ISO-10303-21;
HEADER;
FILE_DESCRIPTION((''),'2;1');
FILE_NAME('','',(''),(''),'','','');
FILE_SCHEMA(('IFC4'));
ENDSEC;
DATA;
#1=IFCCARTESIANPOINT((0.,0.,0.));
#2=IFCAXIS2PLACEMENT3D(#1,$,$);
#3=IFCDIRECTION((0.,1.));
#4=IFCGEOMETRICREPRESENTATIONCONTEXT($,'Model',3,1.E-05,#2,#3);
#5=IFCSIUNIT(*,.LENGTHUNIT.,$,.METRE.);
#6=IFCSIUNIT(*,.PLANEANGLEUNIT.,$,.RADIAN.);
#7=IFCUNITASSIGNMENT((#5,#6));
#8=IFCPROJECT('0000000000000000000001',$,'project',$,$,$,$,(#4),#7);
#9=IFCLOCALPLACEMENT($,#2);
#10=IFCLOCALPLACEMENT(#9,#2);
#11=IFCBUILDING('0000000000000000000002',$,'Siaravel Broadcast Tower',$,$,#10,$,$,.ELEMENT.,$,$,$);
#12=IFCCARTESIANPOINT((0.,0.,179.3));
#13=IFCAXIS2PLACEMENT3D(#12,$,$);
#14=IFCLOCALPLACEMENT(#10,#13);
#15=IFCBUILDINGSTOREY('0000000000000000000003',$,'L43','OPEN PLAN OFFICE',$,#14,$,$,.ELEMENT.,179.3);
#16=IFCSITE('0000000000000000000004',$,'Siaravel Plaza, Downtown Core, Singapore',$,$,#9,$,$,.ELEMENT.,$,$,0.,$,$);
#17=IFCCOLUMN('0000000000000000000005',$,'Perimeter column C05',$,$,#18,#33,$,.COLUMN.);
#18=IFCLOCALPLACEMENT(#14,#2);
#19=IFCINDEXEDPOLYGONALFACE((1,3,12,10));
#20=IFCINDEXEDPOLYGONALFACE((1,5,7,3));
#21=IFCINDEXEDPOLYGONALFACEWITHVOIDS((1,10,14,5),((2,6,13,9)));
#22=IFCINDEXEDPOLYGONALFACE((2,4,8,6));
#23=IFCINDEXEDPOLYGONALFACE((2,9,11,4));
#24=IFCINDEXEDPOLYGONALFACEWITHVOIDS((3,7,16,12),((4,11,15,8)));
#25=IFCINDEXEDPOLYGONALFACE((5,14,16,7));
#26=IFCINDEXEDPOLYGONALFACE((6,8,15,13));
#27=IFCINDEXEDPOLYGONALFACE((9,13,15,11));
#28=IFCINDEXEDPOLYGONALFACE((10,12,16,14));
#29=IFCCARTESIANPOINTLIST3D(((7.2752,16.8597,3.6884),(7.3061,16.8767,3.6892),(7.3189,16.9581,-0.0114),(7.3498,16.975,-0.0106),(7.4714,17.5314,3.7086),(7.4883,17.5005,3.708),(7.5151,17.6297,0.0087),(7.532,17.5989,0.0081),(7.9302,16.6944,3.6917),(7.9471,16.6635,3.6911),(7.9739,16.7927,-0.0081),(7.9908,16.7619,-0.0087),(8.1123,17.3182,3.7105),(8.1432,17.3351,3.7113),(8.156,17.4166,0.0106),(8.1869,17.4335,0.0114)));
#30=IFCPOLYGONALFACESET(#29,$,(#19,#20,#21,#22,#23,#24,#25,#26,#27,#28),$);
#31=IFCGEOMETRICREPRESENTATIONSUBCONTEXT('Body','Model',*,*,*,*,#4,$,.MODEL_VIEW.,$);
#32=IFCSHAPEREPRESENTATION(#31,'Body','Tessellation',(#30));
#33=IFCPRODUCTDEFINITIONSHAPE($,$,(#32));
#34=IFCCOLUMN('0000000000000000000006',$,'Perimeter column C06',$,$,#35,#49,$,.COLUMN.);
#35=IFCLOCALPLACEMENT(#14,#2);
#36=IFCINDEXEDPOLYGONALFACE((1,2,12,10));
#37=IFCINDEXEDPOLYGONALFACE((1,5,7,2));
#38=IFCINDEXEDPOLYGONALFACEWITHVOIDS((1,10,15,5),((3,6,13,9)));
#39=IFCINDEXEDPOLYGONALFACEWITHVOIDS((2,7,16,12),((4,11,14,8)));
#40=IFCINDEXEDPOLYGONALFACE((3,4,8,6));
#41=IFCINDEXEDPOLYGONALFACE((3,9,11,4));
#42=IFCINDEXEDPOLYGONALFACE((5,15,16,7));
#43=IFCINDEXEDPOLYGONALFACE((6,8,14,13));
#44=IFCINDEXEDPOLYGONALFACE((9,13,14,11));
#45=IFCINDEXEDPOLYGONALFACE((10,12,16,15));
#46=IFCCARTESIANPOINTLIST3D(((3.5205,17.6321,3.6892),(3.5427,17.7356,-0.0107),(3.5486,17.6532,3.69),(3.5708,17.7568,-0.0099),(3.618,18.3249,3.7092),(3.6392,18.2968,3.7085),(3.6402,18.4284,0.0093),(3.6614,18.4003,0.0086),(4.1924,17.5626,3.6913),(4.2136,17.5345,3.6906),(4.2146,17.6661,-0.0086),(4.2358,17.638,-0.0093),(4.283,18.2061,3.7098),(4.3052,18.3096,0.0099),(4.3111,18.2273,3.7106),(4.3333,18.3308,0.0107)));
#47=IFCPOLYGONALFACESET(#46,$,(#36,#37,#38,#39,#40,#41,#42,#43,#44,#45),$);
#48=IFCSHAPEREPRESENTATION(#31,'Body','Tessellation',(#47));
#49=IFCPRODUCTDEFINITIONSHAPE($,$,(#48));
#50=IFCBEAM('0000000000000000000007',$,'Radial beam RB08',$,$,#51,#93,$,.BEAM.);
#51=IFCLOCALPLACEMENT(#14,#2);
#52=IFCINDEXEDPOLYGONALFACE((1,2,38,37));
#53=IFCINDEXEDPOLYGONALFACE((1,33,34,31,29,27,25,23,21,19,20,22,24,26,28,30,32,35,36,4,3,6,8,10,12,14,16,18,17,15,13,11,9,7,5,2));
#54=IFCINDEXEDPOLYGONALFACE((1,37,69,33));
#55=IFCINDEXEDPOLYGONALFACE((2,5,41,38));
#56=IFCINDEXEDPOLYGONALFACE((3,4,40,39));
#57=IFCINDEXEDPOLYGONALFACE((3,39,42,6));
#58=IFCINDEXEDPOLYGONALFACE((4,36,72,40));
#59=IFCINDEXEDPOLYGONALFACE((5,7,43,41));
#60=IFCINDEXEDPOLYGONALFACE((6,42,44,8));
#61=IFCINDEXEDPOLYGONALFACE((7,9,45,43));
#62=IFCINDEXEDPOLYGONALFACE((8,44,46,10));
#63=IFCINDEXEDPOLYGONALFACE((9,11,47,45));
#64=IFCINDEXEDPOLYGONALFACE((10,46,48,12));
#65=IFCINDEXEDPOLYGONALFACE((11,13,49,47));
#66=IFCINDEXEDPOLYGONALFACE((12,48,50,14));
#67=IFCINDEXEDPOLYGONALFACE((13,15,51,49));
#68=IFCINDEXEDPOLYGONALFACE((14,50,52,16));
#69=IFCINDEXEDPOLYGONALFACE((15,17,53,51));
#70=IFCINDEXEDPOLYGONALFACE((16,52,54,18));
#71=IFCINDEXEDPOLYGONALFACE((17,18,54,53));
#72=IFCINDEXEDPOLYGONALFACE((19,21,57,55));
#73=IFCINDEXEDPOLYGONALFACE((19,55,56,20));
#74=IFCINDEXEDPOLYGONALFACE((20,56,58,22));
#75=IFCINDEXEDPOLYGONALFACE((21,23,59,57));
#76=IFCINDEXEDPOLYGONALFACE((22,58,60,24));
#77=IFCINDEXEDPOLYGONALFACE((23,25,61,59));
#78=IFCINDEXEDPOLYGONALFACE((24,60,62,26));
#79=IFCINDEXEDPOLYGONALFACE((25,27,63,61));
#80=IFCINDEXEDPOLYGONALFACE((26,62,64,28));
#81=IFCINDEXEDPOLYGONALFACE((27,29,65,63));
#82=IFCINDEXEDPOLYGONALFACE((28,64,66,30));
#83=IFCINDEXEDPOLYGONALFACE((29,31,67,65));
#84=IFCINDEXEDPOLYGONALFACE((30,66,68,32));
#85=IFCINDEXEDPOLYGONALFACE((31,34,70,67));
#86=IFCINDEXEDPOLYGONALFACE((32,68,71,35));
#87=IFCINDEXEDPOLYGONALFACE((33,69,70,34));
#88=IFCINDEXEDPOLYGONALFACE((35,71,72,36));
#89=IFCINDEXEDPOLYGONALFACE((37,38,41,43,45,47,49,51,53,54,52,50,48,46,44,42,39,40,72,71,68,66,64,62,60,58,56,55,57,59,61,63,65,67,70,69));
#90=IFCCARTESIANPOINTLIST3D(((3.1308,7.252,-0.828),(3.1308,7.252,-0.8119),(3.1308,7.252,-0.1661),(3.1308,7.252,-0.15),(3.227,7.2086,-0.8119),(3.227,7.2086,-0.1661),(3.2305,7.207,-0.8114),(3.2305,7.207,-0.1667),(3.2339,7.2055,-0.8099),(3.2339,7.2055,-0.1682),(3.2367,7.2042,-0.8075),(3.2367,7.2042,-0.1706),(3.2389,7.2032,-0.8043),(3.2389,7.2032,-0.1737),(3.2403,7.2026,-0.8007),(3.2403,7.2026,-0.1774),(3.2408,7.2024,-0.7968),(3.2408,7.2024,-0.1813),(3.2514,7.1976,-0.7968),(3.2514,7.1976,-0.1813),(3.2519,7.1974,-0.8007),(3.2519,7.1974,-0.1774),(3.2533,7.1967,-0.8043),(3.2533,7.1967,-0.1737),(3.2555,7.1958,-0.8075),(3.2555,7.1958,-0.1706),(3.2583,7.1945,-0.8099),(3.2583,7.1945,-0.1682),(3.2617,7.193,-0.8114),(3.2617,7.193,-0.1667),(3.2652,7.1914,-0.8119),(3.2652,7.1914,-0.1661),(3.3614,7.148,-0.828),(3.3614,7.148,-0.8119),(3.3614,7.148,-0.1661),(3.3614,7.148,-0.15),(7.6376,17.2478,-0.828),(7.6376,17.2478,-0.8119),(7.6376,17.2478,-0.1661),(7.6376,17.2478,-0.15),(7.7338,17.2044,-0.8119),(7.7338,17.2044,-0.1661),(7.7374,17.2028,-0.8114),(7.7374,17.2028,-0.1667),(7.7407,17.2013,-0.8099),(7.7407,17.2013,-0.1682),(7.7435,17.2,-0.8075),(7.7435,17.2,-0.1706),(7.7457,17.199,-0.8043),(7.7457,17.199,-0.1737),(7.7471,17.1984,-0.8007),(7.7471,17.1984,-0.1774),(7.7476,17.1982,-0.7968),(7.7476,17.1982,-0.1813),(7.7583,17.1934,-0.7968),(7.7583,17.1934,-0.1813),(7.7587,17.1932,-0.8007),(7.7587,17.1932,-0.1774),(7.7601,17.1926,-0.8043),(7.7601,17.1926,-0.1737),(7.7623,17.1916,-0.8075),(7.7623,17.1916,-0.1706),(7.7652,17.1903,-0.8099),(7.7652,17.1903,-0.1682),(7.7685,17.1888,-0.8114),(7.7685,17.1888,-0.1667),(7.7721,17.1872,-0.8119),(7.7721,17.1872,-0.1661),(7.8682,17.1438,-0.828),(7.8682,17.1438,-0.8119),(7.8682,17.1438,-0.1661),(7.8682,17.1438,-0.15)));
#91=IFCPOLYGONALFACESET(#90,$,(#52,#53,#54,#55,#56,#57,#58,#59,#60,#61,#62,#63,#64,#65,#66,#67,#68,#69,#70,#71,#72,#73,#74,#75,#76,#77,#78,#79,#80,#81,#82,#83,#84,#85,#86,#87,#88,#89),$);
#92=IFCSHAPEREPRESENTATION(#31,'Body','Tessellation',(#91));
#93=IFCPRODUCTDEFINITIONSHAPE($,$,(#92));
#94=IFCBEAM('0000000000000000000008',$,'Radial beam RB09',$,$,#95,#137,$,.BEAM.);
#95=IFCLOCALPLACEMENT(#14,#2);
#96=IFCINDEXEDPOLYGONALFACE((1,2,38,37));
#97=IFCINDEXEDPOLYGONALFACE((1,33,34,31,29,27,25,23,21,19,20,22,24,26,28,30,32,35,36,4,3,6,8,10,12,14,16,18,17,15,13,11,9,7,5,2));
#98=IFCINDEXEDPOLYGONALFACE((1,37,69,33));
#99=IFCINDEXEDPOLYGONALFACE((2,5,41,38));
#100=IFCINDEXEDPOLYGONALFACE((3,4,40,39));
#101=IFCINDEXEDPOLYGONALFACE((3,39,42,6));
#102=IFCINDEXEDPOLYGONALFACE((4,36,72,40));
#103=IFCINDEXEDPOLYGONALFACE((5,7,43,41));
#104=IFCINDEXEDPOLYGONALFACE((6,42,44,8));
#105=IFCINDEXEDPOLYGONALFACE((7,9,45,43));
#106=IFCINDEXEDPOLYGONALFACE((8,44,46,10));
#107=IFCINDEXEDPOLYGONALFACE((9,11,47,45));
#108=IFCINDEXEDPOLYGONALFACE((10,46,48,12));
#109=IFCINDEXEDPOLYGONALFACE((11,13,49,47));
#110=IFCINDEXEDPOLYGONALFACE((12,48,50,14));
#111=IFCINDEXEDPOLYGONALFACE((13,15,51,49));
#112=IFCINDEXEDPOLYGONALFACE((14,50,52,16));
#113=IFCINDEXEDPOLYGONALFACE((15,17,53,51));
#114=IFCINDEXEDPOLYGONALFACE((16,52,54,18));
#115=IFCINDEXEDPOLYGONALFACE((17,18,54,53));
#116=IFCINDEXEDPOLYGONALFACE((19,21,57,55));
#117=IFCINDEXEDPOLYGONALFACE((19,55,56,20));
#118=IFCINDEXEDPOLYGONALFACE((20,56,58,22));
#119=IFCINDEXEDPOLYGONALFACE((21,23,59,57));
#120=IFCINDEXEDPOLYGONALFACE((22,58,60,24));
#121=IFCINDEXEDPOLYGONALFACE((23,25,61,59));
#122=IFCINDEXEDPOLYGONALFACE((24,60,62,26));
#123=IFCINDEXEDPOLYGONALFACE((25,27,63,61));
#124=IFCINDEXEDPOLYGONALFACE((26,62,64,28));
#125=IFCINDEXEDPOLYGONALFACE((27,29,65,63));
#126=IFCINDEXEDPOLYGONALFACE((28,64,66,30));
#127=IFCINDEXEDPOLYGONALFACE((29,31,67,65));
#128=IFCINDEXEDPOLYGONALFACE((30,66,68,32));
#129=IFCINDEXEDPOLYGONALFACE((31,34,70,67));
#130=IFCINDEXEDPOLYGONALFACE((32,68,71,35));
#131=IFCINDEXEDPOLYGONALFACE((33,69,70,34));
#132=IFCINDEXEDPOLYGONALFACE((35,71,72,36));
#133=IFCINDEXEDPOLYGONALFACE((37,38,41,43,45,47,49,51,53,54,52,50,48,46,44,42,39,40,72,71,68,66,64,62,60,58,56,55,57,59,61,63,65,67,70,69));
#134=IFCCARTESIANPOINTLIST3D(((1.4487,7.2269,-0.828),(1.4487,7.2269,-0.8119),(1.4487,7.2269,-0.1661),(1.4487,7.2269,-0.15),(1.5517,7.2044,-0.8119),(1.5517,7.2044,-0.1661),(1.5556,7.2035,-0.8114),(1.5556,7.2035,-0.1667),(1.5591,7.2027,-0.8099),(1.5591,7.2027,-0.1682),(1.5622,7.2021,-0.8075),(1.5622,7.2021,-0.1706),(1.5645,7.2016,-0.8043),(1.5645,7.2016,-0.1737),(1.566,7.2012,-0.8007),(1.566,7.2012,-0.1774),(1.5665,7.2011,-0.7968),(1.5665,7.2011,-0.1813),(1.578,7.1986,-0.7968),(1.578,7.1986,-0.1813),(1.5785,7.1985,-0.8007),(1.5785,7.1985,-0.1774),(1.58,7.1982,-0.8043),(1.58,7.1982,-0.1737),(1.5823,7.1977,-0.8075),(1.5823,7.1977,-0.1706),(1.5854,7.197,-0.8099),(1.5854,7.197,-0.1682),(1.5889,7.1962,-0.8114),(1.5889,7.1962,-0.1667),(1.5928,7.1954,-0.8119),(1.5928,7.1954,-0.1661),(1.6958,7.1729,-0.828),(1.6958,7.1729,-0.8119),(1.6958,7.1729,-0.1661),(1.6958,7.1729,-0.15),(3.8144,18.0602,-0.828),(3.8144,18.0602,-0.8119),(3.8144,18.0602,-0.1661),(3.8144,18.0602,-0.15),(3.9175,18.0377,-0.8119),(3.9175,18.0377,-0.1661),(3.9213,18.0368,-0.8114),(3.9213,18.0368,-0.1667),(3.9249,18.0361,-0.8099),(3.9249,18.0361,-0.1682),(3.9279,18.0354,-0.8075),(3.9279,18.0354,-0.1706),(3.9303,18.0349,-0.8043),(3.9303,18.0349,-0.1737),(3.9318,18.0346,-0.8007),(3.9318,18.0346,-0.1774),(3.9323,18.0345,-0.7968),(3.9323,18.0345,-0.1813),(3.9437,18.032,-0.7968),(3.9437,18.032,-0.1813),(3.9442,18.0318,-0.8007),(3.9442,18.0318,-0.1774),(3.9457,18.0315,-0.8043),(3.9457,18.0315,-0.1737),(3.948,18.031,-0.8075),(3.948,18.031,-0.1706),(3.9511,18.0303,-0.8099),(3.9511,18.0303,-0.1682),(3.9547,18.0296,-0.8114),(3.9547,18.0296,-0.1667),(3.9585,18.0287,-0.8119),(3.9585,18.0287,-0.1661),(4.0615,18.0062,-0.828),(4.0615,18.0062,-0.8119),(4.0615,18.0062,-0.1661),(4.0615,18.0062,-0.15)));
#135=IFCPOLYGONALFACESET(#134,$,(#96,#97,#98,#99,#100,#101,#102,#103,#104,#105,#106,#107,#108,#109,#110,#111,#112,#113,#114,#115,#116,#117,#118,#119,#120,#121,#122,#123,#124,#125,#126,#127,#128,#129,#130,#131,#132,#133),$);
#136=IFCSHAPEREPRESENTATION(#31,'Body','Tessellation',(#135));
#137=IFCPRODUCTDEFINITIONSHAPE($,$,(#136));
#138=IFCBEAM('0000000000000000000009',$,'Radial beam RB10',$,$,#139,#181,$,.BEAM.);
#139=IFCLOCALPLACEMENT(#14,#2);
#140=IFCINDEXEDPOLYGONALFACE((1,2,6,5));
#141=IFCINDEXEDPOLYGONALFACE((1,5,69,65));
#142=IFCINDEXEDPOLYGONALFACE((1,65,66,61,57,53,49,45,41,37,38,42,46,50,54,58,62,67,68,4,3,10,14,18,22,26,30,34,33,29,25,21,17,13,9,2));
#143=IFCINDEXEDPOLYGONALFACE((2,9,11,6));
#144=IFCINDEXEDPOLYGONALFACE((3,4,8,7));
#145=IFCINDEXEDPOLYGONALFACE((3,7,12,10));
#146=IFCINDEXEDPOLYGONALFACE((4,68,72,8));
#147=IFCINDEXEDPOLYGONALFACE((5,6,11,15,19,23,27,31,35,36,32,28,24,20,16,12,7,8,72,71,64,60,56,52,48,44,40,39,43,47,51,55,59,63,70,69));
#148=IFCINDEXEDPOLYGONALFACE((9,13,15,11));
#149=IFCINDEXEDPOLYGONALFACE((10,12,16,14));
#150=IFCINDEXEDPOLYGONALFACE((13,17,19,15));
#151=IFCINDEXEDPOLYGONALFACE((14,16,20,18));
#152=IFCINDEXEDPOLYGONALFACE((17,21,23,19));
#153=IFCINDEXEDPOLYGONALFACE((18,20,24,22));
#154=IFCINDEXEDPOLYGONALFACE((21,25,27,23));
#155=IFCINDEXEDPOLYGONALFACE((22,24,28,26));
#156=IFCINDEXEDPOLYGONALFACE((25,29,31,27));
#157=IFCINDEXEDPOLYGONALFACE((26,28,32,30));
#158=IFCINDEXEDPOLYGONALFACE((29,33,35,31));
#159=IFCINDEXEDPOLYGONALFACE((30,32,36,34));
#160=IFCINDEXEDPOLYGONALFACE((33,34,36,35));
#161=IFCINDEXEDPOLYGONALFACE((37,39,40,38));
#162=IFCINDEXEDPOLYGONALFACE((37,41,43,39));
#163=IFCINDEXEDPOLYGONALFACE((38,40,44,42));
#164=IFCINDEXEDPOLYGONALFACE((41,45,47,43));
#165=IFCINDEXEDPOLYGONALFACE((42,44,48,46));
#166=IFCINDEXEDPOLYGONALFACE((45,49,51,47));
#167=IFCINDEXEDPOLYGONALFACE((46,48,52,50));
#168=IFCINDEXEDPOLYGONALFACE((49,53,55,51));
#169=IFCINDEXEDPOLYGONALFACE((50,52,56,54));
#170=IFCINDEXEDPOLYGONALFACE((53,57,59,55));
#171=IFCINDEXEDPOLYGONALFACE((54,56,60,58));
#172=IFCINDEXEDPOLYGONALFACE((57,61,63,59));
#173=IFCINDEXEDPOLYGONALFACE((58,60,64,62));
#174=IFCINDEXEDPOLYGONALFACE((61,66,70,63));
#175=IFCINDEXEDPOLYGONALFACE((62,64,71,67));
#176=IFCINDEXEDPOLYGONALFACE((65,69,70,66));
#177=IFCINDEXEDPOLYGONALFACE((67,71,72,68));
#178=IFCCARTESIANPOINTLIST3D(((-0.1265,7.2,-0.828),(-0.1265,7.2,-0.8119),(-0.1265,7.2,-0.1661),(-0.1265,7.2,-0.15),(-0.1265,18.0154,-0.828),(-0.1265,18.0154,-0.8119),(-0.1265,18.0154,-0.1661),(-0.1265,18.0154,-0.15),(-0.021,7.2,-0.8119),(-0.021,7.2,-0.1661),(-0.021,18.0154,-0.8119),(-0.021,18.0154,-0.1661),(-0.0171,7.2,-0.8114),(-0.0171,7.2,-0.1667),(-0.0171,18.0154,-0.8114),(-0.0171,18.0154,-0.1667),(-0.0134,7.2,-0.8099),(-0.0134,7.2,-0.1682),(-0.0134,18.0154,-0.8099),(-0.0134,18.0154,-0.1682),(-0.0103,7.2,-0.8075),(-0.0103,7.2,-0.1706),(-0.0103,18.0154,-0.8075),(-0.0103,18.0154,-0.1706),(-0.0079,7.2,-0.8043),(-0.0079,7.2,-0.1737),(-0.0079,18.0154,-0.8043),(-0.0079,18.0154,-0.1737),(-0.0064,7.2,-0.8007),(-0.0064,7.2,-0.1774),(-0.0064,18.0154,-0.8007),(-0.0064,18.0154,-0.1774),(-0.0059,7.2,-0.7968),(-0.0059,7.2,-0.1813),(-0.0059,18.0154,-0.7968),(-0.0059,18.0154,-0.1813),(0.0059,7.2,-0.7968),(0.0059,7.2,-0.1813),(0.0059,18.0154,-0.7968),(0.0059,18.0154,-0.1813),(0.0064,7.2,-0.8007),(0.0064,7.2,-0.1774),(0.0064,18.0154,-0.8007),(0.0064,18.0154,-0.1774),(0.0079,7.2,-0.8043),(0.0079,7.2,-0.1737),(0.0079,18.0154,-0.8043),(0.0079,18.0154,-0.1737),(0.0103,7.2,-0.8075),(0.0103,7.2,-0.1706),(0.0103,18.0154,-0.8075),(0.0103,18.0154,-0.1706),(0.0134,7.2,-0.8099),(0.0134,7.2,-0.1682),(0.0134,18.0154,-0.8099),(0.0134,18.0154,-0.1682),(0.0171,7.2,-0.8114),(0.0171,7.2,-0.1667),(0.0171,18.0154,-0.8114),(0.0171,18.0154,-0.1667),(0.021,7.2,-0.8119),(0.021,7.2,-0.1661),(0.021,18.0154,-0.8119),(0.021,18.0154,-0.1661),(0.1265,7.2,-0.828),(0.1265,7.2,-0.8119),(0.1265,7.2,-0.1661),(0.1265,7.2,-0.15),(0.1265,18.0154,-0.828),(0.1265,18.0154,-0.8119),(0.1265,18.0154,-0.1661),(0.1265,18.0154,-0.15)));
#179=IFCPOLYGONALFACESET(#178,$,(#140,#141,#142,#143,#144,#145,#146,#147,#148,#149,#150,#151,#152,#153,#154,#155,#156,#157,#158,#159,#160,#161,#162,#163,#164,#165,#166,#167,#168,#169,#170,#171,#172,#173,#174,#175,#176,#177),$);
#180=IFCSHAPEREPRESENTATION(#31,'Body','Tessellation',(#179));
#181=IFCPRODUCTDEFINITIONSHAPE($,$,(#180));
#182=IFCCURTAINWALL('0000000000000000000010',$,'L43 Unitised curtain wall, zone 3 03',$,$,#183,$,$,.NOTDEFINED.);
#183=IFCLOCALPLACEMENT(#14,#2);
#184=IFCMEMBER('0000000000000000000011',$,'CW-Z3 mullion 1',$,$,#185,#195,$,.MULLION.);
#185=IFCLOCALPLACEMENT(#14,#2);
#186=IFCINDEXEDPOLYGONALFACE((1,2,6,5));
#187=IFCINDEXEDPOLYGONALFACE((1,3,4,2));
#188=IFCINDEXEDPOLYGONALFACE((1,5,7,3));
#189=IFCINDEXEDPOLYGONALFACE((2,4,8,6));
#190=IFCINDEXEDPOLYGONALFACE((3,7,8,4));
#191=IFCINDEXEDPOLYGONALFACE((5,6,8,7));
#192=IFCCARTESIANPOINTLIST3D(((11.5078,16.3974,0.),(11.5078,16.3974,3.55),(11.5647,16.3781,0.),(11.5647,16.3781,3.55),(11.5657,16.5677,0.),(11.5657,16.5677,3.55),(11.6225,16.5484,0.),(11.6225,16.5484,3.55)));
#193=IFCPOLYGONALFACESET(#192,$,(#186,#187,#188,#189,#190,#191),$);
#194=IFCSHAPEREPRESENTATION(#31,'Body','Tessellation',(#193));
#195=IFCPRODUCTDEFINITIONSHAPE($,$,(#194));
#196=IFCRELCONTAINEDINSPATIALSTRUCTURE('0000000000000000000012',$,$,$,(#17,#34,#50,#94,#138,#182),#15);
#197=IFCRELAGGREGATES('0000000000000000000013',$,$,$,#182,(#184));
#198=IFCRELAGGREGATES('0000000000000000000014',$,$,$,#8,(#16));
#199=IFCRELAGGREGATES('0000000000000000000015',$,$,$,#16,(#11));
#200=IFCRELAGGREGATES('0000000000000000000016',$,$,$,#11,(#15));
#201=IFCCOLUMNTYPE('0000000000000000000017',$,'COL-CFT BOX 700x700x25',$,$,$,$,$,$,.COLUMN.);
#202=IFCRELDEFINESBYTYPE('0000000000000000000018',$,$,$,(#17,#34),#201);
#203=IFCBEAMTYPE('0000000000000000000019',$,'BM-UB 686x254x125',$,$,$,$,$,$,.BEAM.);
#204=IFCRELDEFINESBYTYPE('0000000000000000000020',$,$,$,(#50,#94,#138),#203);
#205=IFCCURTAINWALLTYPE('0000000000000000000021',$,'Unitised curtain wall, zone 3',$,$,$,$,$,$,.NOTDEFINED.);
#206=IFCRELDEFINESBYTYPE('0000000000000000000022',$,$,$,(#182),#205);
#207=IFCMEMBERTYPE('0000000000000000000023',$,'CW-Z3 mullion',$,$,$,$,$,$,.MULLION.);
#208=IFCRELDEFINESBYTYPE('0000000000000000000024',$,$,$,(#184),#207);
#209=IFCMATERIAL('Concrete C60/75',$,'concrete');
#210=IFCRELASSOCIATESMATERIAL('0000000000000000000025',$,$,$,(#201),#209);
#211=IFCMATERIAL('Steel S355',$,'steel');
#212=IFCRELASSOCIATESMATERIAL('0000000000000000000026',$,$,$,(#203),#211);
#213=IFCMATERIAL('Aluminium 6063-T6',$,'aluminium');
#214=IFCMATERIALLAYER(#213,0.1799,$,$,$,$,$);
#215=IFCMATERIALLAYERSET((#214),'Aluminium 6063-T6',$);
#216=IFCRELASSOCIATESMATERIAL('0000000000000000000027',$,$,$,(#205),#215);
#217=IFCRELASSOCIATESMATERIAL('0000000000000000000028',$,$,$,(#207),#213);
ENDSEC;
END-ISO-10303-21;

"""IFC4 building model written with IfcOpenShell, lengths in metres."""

from ifc_helpers import new_model, si_unit, direction, frame, origin, origin_2d, place, context, subcontext, project, spatial, rectangle, hollow_rectangle, i_section, extrude, material, layer, layer_set, material_profile, profile_set, type_object, element, aggregate, save


model = new_model("IFC4")

# Units and contexts
model_context = context("Model", 3, precision=1e-05, world=origin(), true_north=direction((0.0, 1.0)))
body_context = subcontext(model_context, "Body", "Model", "MODEL_VIEW")
ifc_project = project(units=[si_unit("LENGTHUNIT", "METRE"), si_unit("PLANEANGLEUNIT", "RADIAN")], contexts=[model_context])

# Site, building, storey
site_placement = place(None, origin())
site = spatial("IfcSite", under=ifc_project, at=site_placement, Name="Siaravel Plaza, Downtown Core, Singapore", CompositionType="ELEMENT", RefElevation=0.0)
building_placement = place(site_placement, origin())
building = spatial("IfcBuilding", under=site, at=building_placement, Name="Siaravel Broadcast Tower", CompositionType="ELEMENT")
storey_placement = place(building_placement, frame((0.0, 0.0, 179.3)))
storey = spatial("IfcBuildingStorey", under=building, at=storey_placement, Name="L43", Description="OPEN PLAN OFFICE", CompositionType="ELEMENT", Elevation=179.3)

# Columns
ifc_material_1 = material(Name="Concrete C60/75", Category="concrete")
ifc_material_profile_1 = material_profile(ifc_material_1, hollow_rectangle(XDim=0.7, YDim=0.7, WallThickness=0.0249, at=origin_2d()))
ifc_profile_set_1 = profile_set([ifc_material_profile_1], Name="Concrete C60/75")
column_type = type_object("IfcColumnType", Name="COL-CFT BOX 700x700x25", PredefinedType="COLUMN", material=ifc_profile_set_1)
for number, where, z_axis, x_axis, name in (
    (1, (7.7529, 17.1958, 0.0), (-0.011806, -0.026581, 0.999577), (0.959874, -0.280405, 0.003881), "Perimeter column C05"),
    (2, (3.938, 18.0332, 0.0), (-0.006002, -0.027966, 0.999591), (0.99023, -0.13943, 0.002045), "Perimeter column C06"),
):
    element("IfcColumn", number, at=place(storey_placement, frame(where, z_axis=z_axis, x_axis=x_axis)), inside=storey, type_object=column_type, Name=name, PredefinedType="COLUMN", context=body_context, shape_type="SweptSolid", body=[
        extrude(hollow_rectangle(XDim=0.7, YDim=0.7, WallThickness=0.0249, at=origin_2d()), origin(), (0.0, 0.0, 1.0), 3.7014),
    ])

# Beams
ifc_material_2 = material(Name="Steel S355", Category="steel")
ifc_material_profile_2 = material_profile(ifc_material_2, i_section(OverallWidth=0.2529, OverallDepth=0.678, WebThickness=0.0117, FlangeThickness=0.0161, FilletRadius=0.0151, at=origin_2d()))
ifc_profile_set_2 = profile_set([ifc_material_profile_2], Name="Steel S355")
beam_type = type_object("IfcBeamType", Name="BM-UB 686x254x125", PredefinedType="BEAM", material=ifc_profile_set_2)
beam_1_placement = place(storey_placement, frame((7.7529, 17.1958, -0.489), z_axis=(-0.411025, -0.911624, 0.0), x_axis=(0.911624, -0.411025, 0.0)))
element("IfcBeam", 3, at=beam_1_placement, inside=storey, type_object=beam_type, Name="Radial beam RB08", PredefinedType="BEAM", context=body_context, shape_type="SweptSolid", body=[
    extrude(i_section(OverallWidth=0.2529, OverallDepth=0.678, WebThickness=0.0117, FlangeThickness=0.0161, FilletRadius=0.0151, at=origin_2d()), origin(), (0.0, 0.0, 1.0), 10.9648),
])
beam_2_placement = place(storey_placement, frame((3.938, 18.0332, -0.489), z_axis=(-0.213348, -0.976976, 0.0), x_axis=(0.976976, -0.213348, 0.0)))
element("IfcBeam", 4, at=beam_2_placement, inside=storey, type_object=beam_type, Name="Radial beam RB09", PredefinedType="BEAM", context=body_context, shape_type="SweptSolid", body=[
    extrude(i_section(OverallWidth=0.2529, OverallDepth=0.678, WebThickness=0.0117, FlangeThickness=0.0161, FilletRadius=0.0151, at=origin_2d()), origin(), (0.0, 0.0, 1.0), 11.0886),
])
beam_3_placement = place(storey_placement, frame((0.0, 18.0154, -0.489), z_axis=(0.0, -1.0, 0.0), x_axis=(1.0, 0.0, 0.0)))
element("IfcBeam", 5, at=beam_3_placement, inside=storey, type_object=beam_type, Name="Radial beam RB10", PredefinedType="BEAM", context=body_context, shape_type="SweptSolid", body=[
    extrude(i_section(OverallWidth=0.2529, OverallDepth=0.678, WebThickness=0.0117, FlangeThickness=0.0161, FilletRadius=0.0151, at=origin_2d()), origin(), (0.0, 0.0, 1.0), 10.8154),
])

# Curtain wall, member
ifc_material_3 = material(Name="Aluminium 6063-T6", Category="aluminium")
ifc_layer_1 = layer(ifc_material_3, 0.1799)
ifc_layer_set_1 = layer_set([ifc_layer_1], Name="Aluminium 6063-T6")
curtain_wall_type = type_object("IfcCurtainWallType", Name="Unitised curtain wall, zone 3", PredefinedType="NOTDEFINED", material=ifc_layer_set_1)
curtain_wall_placement = place(storey_placement, origin())
curtain_wall = element("IfcCurtainWall", 6, at=curtain_wall_placement, inside=storey, type_object=curtain_wall_type, Name="L43 Unitised curtain wall, zone 3 03", PredefinedType="NOTDEFINED")
ifc_material_profile_3 = material_profile(ifc_material_3, rectangle(XDim=0.1799, YDim=0.0601, at=origin_2d()))
ifc_profile_set_3 = profile_set([ifc_material_profile_3], Name="Aluminium 6063-T6")
member_type_1 = type_object("IfcMemberType", Name="CW-Z3 mullion", PredefinedType="MULLION", material=ifc_profile_set_3)
member_1_placement = place(storey_placement, frame((11.5652, 16.4729, 0.0), z_axis=(0.0, 0.0, 1.0), x_axis=(-0.3213, -0.946977, 0.0)))
member_1 = element("IfcMember", 7, at=member_1_placement, type_object=member_type_1, Name="CW-Z3 mullion 1", PredefinedType="MULLION", context=body_context, shape_type="SweptSolid", body=[
    extrude(rectangle(XDim=0.1799, YDim=0.0601, at=origin_2d()), origin(), (0.0, 0.0, 1.0), 3.55),
])

aggregate(curtain_wall, [member_1])

save(model, "model.ifc")
